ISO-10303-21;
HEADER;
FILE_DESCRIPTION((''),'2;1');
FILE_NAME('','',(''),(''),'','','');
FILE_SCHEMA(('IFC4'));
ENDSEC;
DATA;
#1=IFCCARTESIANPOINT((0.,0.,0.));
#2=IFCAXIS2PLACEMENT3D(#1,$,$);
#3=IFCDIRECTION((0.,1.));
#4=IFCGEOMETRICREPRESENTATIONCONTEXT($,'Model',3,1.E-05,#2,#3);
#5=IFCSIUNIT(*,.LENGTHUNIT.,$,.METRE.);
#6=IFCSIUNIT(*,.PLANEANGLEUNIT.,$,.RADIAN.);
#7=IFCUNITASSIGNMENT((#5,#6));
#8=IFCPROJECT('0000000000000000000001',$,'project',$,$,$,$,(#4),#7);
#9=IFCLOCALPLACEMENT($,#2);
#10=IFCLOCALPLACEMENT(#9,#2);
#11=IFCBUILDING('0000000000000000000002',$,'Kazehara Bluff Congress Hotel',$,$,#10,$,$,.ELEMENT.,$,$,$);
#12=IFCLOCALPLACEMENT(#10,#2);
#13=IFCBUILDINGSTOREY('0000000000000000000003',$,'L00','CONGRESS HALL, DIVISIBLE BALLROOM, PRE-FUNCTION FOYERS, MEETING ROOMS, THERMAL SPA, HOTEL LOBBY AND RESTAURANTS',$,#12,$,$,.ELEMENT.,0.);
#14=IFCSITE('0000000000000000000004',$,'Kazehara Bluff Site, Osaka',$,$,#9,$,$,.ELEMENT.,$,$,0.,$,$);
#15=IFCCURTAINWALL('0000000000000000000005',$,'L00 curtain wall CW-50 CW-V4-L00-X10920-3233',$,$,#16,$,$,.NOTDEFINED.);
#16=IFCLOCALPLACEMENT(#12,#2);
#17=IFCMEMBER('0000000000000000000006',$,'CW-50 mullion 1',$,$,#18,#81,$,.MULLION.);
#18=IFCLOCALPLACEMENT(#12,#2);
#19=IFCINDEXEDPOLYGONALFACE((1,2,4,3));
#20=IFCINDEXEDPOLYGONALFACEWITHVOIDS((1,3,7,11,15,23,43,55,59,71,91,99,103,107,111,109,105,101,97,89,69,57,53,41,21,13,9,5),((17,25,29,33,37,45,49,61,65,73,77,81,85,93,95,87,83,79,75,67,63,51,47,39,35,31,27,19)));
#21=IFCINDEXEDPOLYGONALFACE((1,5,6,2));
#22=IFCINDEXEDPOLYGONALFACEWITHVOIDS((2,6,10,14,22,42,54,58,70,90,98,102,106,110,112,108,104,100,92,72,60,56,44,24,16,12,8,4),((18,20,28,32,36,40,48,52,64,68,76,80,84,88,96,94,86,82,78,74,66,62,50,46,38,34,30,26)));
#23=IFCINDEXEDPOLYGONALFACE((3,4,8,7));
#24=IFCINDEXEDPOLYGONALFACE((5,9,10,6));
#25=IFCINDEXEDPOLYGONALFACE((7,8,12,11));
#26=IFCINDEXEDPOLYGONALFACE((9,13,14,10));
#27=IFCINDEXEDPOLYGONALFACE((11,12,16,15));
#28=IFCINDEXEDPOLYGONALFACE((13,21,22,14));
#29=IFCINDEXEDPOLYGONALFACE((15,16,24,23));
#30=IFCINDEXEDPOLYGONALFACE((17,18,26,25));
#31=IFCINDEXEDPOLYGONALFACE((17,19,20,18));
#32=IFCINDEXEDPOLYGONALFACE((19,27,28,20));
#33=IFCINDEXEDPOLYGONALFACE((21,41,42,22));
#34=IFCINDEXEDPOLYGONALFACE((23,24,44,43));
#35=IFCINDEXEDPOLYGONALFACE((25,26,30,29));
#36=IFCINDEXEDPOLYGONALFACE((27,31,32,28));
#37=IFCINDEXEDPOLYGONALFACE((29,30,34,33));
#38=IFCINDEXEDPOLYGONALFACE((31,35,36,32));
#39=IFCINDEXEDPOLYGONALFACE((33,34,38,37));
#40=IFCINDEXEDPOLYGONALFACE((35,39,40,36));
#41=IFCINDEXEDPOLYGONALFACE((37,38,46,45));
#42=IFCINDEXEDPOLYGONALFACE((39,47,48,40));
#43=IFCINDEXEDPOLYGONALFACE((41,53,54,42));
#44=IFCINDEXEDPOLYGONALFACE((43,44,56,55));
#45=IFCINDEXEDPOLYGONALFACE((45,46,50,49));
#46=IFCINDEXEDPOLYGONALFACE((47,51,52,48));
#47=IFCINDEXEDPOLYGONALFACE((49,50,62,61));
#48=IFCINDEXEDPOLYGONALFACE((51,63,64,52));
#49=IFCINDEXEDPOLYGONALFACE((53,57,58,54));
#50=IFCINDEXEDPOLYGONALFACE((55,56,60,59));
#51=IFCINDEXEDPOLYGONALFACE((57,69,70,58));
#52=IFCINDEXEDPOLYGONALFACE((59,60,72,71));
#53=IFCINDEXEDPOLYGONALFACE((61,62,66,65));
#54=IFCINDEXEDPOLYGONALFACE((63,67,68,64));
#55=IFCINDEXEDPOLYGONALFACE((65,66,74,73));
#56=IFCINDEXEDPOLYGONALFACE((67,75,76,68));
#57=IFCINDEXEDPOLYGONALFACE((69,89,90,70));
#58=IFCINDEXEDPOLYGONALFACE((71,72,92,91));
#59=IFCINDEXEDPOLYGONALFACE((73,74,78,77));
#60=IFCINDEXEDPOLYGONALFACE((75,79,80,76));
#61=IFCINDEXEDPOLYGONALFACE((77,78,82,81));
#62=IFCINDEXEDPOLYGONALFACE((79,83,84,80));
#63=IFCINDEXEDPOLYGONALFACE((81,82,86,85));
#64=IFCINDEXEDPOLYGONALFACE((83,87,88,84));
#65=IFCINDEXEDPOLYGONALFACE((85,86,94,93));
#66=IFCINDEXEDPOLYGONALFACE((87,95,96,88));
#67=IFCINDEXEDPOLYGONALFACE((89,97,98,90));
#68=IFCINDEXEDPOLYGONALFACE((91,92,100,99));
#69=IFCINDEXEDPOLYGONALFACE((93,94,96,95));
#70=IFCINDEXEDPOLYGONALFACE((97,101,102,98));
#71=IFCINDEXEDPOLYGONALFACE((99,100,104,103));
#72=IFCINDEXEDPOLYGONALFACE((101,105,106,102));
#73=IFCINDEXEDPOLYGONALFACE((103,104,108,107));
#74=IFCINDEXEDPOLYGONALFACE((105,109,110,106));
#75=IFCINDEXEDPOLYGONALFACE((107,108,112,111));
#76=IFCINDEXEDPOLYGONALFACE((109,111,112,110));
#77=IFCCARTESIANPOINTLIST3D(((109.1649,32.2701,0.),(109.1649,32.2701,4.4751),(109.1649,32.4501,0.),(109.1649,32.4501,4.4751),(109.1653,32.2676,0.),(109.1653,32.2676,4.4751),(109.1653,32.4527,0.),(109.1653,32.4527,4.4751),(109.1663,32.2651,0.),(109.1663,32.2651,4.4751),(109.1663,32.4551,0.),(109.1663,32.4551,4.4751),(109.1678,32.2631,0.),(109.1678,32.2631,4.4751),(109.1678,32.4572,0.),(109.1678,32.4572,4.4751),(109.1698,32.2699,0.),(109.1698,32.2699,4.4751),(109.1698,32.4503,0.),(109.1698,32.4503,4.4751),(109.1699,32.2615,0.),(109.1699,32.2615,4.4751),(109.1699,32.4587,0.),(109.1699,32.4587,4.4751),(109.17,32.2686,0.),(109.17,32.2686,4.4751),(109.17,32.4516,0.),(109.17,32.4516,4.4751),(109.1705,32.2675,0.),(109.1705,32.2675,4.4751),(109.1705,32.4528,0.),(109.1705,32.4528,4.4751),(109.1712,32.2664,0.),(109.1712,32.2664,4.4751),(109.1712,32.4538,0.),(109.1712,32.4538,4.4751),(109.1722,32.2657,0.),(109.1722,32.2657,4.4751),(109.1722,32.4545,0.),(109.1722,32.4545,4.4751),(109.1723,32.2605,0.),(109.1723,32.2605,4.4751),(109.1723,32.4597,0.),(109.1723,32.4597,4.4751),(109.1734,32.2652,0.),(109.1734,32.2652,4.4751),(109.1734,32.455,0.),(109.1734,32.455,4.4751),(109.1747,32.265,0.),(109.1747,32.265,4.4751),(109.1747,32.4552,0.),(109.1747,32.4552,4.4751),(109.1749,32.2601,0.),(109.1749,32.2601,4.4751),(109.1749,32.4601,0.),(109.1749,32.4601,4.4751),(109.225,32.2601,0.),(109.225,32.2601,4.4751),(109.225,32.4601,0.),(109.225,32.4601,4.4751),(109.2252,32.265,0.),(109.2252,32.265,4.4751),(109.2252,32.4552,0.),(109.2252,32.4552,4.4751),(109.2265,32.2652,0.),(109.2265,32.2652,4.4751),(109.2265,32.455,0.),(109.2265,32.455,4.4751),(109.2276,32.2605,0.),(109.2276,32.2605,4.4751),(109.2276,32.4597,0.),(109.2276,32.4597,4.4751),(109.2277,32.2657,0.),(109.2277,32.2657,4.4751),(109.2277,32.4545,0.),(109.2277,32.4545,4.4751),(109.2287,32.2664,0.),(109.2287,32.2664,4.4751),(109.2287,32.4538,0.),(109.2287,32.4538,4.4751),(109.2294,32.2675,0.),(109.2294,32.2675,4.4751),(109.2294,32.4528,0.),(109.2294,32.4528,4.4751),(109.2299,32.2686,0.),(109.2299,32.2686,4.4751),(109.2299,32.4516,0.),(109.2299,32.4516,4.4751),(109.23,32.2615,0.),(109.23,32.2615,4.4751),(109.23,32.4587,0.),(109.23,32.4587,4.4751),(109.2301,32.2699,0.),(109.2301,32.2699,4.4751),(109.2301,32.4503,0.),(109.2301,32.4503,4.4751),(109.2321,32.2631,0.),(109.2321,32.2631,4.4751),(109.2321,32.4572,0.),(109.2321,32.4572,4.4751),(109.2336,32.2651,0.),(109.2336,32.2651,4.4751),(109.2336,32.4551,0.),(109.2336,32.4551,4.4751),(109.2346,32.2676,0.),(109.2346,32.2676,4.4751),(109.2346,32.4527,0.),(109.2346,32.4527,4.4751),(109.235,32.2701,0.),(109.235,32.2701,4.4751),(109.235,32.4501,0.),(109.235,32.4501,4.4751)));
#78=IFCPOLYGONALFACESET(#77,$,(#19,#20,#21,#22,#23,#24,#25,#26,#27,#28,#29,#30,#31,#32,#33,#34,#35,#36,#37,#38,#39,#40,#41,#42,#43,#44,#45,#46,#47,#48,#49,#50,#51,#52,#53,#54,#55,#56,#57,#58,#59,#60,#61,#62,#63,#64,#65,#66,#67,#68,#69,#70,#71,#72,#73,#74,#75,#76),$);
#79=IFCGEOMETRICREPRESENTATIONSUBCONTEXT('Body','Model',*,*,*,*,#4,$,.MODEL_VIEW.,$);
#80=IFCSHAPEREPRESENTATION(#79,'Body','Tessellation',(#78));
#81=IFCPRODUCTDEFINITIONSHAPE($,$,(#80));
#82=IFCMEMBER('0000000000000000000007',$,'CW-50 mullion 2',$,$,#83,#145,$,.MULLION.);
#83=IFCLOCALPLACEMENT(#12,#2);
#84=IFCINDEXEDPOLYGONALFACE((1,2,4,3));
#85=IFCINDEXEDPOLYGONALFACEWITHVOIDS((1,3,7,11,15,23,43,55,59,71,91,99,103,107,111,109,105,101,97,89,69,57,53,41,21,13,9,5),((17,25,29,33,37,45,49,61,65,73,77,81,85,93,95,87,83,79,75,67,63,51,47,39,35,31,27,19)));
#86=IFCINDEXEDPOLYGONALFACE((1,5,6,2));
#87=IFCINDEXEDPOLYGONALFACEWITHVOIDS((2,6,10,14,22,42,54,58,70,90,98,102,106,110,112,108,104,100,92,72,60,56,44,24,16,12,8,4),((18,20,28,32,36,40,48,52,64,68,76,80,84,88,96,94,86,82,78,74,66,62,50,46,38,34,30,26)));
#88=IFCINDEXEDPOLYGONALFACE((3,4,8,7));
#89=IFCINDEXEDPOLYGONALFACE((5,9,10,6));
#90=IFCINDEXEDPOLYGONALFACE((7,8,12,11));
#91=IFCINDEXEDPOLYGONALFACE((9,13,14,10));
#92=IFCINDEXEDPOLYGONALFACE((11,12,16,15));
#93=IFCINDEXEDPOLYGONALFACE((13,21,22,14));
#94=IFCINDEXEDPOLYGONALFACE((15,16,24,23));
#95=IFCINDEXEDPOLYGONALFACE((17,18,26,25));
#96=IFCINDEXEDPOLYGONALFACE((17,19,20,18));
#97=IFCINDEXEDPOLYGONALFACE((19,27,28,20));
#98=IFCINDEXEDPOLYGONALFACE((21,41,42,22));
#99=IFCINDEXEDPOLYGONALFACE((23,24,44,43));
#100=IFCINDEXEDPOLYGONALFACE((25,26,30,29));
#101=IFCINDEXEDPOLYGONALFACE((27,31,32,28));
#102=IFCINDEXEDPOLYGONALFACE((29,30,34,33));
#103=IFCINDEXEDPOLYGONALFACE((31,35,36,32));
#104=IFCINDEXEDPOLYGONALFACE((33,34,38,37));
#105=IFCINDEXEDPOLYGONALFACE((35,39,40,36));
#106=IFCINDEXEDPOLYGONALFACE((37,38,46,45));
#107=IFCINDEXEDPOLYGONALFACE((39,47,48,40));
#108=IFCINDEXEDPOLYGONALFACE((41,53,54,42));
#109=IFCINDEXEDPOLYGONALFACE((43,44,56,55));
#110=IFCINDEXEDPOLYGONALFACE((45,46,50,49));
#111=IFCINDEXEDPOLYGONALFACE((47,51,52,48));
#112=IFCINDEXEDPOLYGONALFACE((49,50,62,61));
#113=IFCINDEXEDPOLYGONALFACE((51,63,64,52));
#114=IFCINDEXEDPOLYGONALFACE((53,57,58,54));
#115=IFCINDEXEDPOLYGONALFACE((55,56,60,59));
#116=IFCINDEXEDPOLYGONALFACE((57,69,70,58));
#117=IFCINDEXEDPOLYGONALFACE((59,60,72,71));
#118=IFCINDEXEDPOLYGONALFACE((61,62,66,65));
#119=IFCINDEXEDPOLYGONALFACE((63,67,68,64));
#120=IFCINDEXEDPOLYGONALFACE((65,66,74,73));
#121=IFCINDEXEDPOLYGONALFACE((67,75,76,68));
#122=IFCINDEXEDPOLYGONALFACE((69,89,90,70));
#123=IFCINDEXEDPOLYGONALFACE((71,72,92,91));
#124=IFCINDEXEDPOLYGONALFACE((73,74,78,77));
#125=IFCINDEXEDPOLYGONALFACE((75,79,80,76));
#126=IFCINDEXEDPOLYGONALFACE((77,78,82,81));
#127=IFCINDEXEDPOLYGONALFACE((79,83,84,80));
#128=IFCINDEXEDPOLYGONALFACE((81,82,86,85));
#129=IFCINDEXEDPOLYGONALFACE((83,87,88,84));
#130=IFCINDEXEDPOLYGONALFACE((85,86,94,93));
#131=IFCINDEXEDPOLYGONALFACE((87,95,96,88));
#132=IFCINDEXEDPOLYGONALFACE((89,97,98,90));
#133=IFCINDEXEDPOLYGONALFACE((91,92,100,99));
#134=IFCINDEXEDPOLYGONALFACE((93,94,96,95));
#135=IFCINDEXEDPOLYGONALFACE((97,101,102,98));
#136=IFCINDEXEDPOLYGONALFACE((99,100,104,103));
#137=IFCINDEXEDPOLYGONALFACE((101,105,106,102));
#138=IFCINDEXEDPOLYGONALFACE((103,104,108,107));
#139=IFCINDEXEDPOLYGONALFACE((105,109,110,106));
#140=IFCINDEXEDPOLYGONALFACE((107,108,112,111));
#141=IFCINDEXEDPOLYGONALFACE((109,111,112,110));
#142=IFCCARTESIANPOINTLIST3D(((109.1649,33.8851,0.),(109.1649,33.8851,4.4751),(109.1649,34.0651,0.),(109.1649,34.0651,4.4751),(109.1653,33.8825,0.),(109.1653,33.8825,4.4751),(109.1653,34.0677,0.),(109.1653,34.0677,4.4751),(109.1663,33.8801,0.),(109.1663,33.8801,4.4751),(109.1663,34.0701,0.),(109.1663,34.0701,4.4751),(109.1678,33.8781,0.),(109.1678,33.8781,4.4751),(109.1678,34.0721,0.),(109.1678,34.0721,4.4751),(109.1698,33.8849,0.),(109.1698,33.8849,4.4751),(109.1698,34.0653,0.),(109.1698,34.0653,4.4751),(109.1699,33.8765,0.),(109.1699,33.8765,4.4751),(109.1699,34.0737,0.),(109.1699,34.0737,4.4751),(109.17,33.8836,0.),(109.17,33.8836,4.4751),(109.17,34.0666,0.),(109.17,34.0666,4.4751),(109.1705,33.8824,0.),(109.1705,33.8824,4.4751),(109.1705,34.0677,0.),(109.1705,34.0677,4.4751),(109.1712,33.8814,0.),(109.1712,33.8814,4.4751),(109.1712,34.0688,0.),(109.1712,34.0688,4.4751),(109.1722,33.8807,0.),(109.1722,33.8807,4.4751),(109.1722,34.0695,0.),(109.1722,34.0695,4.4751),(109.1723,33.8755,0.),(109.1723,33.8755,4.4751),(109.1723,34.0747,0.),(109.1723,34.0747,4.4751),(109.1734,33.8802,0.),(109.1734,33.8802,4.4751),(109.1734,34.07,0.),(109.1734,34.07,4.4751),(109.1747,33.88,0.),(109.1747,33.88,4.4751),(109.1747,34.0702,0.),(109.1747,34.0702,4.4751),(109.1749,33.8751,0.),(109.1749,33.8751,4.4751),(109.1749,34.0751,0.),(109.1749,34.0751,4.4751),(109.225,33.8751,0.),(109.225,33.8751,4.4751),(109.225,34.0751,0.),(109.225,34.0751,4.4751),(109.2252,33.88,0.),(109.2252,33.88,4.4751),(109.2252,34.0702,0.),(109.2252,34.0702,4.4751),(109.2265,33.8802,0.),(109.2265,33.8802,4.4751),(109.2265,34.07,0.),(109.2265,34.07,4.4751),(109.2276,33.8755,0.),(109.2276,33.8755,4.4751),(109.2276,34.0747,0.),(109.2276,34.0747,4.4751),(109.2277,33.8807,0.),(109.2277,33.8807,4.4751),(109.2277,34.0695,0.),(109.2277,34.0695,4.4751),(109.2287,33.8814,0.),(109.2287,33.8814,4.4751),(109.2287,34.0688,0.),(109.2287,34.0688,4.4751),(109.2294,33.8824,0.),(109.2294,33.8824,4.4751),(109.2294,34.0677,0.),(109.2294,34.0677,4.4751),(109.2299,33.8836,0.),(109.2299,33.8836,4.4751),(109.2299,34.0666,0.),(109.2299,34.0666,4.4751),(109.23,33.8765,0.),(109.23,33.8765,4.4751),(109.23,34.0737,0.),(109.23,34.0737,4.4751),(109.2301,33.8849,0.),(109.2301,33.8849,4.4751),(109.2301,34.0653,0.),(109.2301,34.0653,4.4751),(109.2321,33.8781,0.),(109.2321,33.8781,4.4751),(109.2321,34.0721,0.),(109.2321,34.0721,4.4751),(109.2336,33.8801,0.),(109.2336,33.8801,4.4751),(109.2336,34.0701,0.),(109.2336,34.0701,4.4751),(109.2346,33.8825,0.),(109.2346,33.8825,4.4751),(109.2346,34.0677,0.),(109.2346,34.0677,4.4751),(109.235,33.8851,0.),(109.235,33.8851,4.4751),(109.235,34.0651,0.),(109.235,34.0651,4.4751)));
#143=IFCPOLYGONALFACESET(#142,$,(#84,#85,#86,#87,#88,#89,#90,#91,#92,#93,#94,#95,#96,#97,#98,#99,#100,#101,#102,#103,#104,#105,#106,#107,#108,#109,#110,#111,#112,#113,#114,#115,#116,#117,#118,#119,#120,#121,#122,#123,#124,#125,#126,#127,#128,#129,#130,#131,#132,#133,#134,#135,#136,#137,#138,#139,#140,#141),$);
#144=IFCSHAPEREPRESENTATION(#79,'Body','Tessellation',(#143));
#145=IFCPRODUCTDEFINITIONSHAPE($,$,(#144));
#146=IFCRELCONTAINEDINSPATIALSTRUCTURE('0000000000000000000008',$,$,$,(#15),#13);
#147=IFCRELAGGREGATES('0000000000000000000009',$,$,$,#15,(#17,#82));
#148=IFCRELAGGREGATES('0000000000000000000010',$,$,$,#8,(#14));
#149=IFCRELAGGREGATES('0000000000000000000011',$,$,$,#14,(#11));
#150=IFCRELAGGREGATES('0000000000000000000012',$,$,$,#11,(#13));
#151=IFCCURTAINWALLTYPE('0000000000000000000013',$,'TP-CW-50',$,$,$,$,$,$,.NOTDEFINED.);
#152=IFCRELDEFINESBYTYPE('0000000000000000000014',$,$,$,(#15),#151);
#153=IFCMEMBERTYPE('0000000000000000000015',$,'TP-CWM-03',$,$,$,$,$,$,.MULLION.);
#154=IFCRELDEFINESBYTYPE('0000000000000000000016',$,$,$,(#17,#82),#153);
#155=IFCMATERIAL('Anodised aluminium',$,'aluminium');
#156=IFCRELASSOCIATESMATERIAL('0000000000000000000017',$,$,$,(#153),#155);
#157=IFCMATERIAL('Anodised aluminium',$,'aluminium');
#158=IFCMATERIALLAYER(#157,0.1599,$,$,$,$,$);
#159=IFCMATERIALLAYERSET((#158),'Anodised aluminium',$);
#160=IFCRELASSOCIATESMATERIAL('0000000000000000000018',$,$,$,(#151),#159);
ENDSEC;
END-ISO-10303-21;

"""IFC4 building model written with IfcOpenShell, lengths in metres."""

from ifc_helpers import new_model, si_unit, direction, frame, origin, origin_2d, place, context, subcontext, project, spatial, hollow_rectangle, extrude, material, layer, layer_set, material_profile, profile_set, type_object, element, aggregate, save


model = new_model("IFC4")

# Units and contexts
model_context = context("Model", 3, precision=1e-05, world=origin(), true_north=direction((0.0, 1.0)))
body_context = subcontext(model_context, "Body", "Model", "MODEL_VIEW")
ifc_project = project(units=[si_unit("LENGTHUNIT", "METRE"), si_unit("PLANEANGLEUNIT", "RADIAN")], contexts=[model_context])

# Site, building, storey
site_placement = place(None, origin())
site = spatial("IfcSite", under=ifc_project, at=site_placement, Name="Kazehara Bluff Site, Osaka", CompositionType="ELEMENT", RefElevation=0.0)
building_placement = place(site_placement, origin())
building = spatial("IfcBuilding", under=site, at=building_placement, Name="Kazehara Bluff Congress Hotel", CompositionType="ELEMENT")
storey_placement = place(building_placement, origin())
storey = spatial("IfcBuildingStorey", under=building, at=storey_placement, Name="L00", Description="CONGRESS HALL, DIVISIBLE BALLROOM, PRE-FUNCTION FOYERS, MEETING ROOMS, THERMAL SPA, HOTEL LOBBY AND RESTAURANTS", CompositionType="ELEMENT", Elevation=0.0)

# Shared definitions
ifc_material_1 = material(Name="Anodised aluminium", Category="aluminium")
ifc_material_profile_1 = material_profile(ifc_material_1, hollow_rectangle(XDim=0.0701, YDim=0.2, WallThickness=0.0049, InnerFilletRadius=0.0049, OuterFilletRadius=0.01, at=origin_2d()))
ifc_profile_set_1 = profile_set([ifc_material_profile_1], Name="Anodised aluminium")
member_type_1 = type_object("IfcMemberType", Name="TP-CWM-03", PredefinedType="MULLION", material=ifc_profile_set_1)

# Curtain wall, members
ifc_material_2 = material(Name="Anodised aluminium", Category="aluminium")
ifc_layer_1 = layer(ifc_material_2, 0.1599)
ifc_layer_set_1 = layer_set([ifc_layer_1], Name="Anodised aluminium")
curtain_wall_type_1 = type_object("IfcCurtainWallType", Name="TP-CW-50", PredefinedType="NOTDEFINED", material=ifc_layer_set_1)
curtain_wall_1_placement = place(storey_placement, origin())
curtain_wall_1 = element("IfcCurtainWall", 1, at=curtain_wall_1_placement, inside=storey, type_object=curtain_wall_type_1, Name="L00 curtain wall CW-50 CW-V4-L00-X10920-3233", PredefinedType="NOTDEFINED")
member_1_placement = place(storey_placement, frame((109.2, 32.3601, 0.0), z_axis=(0.0, 0.0, 1.0), x_axis=(-1.0, 0.0, 0.0)))
member_1 = element("IfcMember", 2, at=member_1_placement, type_object=member_type_1, Name="CW-50 mullion 1", PredefinedType="MULLION", context=body_context, shape_type="SweptSolid", body=[
    extrude(hollow_rectangle(XDim=0.0701, YDim=0.2, WallThickness=0.0049, InnerFilletRadius=0.0049, OuterFilletRadius=0.01, at=origin_2d()), origin(), (0.0, 0.0, 1.0), 4.4751),
])
member_2_placement = place(storey_placement, frame((109.2, 33.9751, 0.0), z_axis=(0.0, 0.0, 1.0), x_axis=(-1.0, 0.0, 0.0)))
member_2 = element("IfcMember", 3, at=member_2_placement, type_object=member_type_1, Name="CW-50 mullion 2", PredefinedType="MULLION", context=body_context, shape_type="SweptSolid", body=[
    extrude(hollow_rectangle(XDim=0.0701, YDim=0.2, WallThickness=0.0049, InnerFilletRadius=0.0049, OuterFilletRadius=0.01, at=origin_2d()), origin(), (0.0, 0.0, 1.0), 4.4751),
])

aggregate(curtain_wall_1, [member_1, member_2])

save(model, "model.ifc")
